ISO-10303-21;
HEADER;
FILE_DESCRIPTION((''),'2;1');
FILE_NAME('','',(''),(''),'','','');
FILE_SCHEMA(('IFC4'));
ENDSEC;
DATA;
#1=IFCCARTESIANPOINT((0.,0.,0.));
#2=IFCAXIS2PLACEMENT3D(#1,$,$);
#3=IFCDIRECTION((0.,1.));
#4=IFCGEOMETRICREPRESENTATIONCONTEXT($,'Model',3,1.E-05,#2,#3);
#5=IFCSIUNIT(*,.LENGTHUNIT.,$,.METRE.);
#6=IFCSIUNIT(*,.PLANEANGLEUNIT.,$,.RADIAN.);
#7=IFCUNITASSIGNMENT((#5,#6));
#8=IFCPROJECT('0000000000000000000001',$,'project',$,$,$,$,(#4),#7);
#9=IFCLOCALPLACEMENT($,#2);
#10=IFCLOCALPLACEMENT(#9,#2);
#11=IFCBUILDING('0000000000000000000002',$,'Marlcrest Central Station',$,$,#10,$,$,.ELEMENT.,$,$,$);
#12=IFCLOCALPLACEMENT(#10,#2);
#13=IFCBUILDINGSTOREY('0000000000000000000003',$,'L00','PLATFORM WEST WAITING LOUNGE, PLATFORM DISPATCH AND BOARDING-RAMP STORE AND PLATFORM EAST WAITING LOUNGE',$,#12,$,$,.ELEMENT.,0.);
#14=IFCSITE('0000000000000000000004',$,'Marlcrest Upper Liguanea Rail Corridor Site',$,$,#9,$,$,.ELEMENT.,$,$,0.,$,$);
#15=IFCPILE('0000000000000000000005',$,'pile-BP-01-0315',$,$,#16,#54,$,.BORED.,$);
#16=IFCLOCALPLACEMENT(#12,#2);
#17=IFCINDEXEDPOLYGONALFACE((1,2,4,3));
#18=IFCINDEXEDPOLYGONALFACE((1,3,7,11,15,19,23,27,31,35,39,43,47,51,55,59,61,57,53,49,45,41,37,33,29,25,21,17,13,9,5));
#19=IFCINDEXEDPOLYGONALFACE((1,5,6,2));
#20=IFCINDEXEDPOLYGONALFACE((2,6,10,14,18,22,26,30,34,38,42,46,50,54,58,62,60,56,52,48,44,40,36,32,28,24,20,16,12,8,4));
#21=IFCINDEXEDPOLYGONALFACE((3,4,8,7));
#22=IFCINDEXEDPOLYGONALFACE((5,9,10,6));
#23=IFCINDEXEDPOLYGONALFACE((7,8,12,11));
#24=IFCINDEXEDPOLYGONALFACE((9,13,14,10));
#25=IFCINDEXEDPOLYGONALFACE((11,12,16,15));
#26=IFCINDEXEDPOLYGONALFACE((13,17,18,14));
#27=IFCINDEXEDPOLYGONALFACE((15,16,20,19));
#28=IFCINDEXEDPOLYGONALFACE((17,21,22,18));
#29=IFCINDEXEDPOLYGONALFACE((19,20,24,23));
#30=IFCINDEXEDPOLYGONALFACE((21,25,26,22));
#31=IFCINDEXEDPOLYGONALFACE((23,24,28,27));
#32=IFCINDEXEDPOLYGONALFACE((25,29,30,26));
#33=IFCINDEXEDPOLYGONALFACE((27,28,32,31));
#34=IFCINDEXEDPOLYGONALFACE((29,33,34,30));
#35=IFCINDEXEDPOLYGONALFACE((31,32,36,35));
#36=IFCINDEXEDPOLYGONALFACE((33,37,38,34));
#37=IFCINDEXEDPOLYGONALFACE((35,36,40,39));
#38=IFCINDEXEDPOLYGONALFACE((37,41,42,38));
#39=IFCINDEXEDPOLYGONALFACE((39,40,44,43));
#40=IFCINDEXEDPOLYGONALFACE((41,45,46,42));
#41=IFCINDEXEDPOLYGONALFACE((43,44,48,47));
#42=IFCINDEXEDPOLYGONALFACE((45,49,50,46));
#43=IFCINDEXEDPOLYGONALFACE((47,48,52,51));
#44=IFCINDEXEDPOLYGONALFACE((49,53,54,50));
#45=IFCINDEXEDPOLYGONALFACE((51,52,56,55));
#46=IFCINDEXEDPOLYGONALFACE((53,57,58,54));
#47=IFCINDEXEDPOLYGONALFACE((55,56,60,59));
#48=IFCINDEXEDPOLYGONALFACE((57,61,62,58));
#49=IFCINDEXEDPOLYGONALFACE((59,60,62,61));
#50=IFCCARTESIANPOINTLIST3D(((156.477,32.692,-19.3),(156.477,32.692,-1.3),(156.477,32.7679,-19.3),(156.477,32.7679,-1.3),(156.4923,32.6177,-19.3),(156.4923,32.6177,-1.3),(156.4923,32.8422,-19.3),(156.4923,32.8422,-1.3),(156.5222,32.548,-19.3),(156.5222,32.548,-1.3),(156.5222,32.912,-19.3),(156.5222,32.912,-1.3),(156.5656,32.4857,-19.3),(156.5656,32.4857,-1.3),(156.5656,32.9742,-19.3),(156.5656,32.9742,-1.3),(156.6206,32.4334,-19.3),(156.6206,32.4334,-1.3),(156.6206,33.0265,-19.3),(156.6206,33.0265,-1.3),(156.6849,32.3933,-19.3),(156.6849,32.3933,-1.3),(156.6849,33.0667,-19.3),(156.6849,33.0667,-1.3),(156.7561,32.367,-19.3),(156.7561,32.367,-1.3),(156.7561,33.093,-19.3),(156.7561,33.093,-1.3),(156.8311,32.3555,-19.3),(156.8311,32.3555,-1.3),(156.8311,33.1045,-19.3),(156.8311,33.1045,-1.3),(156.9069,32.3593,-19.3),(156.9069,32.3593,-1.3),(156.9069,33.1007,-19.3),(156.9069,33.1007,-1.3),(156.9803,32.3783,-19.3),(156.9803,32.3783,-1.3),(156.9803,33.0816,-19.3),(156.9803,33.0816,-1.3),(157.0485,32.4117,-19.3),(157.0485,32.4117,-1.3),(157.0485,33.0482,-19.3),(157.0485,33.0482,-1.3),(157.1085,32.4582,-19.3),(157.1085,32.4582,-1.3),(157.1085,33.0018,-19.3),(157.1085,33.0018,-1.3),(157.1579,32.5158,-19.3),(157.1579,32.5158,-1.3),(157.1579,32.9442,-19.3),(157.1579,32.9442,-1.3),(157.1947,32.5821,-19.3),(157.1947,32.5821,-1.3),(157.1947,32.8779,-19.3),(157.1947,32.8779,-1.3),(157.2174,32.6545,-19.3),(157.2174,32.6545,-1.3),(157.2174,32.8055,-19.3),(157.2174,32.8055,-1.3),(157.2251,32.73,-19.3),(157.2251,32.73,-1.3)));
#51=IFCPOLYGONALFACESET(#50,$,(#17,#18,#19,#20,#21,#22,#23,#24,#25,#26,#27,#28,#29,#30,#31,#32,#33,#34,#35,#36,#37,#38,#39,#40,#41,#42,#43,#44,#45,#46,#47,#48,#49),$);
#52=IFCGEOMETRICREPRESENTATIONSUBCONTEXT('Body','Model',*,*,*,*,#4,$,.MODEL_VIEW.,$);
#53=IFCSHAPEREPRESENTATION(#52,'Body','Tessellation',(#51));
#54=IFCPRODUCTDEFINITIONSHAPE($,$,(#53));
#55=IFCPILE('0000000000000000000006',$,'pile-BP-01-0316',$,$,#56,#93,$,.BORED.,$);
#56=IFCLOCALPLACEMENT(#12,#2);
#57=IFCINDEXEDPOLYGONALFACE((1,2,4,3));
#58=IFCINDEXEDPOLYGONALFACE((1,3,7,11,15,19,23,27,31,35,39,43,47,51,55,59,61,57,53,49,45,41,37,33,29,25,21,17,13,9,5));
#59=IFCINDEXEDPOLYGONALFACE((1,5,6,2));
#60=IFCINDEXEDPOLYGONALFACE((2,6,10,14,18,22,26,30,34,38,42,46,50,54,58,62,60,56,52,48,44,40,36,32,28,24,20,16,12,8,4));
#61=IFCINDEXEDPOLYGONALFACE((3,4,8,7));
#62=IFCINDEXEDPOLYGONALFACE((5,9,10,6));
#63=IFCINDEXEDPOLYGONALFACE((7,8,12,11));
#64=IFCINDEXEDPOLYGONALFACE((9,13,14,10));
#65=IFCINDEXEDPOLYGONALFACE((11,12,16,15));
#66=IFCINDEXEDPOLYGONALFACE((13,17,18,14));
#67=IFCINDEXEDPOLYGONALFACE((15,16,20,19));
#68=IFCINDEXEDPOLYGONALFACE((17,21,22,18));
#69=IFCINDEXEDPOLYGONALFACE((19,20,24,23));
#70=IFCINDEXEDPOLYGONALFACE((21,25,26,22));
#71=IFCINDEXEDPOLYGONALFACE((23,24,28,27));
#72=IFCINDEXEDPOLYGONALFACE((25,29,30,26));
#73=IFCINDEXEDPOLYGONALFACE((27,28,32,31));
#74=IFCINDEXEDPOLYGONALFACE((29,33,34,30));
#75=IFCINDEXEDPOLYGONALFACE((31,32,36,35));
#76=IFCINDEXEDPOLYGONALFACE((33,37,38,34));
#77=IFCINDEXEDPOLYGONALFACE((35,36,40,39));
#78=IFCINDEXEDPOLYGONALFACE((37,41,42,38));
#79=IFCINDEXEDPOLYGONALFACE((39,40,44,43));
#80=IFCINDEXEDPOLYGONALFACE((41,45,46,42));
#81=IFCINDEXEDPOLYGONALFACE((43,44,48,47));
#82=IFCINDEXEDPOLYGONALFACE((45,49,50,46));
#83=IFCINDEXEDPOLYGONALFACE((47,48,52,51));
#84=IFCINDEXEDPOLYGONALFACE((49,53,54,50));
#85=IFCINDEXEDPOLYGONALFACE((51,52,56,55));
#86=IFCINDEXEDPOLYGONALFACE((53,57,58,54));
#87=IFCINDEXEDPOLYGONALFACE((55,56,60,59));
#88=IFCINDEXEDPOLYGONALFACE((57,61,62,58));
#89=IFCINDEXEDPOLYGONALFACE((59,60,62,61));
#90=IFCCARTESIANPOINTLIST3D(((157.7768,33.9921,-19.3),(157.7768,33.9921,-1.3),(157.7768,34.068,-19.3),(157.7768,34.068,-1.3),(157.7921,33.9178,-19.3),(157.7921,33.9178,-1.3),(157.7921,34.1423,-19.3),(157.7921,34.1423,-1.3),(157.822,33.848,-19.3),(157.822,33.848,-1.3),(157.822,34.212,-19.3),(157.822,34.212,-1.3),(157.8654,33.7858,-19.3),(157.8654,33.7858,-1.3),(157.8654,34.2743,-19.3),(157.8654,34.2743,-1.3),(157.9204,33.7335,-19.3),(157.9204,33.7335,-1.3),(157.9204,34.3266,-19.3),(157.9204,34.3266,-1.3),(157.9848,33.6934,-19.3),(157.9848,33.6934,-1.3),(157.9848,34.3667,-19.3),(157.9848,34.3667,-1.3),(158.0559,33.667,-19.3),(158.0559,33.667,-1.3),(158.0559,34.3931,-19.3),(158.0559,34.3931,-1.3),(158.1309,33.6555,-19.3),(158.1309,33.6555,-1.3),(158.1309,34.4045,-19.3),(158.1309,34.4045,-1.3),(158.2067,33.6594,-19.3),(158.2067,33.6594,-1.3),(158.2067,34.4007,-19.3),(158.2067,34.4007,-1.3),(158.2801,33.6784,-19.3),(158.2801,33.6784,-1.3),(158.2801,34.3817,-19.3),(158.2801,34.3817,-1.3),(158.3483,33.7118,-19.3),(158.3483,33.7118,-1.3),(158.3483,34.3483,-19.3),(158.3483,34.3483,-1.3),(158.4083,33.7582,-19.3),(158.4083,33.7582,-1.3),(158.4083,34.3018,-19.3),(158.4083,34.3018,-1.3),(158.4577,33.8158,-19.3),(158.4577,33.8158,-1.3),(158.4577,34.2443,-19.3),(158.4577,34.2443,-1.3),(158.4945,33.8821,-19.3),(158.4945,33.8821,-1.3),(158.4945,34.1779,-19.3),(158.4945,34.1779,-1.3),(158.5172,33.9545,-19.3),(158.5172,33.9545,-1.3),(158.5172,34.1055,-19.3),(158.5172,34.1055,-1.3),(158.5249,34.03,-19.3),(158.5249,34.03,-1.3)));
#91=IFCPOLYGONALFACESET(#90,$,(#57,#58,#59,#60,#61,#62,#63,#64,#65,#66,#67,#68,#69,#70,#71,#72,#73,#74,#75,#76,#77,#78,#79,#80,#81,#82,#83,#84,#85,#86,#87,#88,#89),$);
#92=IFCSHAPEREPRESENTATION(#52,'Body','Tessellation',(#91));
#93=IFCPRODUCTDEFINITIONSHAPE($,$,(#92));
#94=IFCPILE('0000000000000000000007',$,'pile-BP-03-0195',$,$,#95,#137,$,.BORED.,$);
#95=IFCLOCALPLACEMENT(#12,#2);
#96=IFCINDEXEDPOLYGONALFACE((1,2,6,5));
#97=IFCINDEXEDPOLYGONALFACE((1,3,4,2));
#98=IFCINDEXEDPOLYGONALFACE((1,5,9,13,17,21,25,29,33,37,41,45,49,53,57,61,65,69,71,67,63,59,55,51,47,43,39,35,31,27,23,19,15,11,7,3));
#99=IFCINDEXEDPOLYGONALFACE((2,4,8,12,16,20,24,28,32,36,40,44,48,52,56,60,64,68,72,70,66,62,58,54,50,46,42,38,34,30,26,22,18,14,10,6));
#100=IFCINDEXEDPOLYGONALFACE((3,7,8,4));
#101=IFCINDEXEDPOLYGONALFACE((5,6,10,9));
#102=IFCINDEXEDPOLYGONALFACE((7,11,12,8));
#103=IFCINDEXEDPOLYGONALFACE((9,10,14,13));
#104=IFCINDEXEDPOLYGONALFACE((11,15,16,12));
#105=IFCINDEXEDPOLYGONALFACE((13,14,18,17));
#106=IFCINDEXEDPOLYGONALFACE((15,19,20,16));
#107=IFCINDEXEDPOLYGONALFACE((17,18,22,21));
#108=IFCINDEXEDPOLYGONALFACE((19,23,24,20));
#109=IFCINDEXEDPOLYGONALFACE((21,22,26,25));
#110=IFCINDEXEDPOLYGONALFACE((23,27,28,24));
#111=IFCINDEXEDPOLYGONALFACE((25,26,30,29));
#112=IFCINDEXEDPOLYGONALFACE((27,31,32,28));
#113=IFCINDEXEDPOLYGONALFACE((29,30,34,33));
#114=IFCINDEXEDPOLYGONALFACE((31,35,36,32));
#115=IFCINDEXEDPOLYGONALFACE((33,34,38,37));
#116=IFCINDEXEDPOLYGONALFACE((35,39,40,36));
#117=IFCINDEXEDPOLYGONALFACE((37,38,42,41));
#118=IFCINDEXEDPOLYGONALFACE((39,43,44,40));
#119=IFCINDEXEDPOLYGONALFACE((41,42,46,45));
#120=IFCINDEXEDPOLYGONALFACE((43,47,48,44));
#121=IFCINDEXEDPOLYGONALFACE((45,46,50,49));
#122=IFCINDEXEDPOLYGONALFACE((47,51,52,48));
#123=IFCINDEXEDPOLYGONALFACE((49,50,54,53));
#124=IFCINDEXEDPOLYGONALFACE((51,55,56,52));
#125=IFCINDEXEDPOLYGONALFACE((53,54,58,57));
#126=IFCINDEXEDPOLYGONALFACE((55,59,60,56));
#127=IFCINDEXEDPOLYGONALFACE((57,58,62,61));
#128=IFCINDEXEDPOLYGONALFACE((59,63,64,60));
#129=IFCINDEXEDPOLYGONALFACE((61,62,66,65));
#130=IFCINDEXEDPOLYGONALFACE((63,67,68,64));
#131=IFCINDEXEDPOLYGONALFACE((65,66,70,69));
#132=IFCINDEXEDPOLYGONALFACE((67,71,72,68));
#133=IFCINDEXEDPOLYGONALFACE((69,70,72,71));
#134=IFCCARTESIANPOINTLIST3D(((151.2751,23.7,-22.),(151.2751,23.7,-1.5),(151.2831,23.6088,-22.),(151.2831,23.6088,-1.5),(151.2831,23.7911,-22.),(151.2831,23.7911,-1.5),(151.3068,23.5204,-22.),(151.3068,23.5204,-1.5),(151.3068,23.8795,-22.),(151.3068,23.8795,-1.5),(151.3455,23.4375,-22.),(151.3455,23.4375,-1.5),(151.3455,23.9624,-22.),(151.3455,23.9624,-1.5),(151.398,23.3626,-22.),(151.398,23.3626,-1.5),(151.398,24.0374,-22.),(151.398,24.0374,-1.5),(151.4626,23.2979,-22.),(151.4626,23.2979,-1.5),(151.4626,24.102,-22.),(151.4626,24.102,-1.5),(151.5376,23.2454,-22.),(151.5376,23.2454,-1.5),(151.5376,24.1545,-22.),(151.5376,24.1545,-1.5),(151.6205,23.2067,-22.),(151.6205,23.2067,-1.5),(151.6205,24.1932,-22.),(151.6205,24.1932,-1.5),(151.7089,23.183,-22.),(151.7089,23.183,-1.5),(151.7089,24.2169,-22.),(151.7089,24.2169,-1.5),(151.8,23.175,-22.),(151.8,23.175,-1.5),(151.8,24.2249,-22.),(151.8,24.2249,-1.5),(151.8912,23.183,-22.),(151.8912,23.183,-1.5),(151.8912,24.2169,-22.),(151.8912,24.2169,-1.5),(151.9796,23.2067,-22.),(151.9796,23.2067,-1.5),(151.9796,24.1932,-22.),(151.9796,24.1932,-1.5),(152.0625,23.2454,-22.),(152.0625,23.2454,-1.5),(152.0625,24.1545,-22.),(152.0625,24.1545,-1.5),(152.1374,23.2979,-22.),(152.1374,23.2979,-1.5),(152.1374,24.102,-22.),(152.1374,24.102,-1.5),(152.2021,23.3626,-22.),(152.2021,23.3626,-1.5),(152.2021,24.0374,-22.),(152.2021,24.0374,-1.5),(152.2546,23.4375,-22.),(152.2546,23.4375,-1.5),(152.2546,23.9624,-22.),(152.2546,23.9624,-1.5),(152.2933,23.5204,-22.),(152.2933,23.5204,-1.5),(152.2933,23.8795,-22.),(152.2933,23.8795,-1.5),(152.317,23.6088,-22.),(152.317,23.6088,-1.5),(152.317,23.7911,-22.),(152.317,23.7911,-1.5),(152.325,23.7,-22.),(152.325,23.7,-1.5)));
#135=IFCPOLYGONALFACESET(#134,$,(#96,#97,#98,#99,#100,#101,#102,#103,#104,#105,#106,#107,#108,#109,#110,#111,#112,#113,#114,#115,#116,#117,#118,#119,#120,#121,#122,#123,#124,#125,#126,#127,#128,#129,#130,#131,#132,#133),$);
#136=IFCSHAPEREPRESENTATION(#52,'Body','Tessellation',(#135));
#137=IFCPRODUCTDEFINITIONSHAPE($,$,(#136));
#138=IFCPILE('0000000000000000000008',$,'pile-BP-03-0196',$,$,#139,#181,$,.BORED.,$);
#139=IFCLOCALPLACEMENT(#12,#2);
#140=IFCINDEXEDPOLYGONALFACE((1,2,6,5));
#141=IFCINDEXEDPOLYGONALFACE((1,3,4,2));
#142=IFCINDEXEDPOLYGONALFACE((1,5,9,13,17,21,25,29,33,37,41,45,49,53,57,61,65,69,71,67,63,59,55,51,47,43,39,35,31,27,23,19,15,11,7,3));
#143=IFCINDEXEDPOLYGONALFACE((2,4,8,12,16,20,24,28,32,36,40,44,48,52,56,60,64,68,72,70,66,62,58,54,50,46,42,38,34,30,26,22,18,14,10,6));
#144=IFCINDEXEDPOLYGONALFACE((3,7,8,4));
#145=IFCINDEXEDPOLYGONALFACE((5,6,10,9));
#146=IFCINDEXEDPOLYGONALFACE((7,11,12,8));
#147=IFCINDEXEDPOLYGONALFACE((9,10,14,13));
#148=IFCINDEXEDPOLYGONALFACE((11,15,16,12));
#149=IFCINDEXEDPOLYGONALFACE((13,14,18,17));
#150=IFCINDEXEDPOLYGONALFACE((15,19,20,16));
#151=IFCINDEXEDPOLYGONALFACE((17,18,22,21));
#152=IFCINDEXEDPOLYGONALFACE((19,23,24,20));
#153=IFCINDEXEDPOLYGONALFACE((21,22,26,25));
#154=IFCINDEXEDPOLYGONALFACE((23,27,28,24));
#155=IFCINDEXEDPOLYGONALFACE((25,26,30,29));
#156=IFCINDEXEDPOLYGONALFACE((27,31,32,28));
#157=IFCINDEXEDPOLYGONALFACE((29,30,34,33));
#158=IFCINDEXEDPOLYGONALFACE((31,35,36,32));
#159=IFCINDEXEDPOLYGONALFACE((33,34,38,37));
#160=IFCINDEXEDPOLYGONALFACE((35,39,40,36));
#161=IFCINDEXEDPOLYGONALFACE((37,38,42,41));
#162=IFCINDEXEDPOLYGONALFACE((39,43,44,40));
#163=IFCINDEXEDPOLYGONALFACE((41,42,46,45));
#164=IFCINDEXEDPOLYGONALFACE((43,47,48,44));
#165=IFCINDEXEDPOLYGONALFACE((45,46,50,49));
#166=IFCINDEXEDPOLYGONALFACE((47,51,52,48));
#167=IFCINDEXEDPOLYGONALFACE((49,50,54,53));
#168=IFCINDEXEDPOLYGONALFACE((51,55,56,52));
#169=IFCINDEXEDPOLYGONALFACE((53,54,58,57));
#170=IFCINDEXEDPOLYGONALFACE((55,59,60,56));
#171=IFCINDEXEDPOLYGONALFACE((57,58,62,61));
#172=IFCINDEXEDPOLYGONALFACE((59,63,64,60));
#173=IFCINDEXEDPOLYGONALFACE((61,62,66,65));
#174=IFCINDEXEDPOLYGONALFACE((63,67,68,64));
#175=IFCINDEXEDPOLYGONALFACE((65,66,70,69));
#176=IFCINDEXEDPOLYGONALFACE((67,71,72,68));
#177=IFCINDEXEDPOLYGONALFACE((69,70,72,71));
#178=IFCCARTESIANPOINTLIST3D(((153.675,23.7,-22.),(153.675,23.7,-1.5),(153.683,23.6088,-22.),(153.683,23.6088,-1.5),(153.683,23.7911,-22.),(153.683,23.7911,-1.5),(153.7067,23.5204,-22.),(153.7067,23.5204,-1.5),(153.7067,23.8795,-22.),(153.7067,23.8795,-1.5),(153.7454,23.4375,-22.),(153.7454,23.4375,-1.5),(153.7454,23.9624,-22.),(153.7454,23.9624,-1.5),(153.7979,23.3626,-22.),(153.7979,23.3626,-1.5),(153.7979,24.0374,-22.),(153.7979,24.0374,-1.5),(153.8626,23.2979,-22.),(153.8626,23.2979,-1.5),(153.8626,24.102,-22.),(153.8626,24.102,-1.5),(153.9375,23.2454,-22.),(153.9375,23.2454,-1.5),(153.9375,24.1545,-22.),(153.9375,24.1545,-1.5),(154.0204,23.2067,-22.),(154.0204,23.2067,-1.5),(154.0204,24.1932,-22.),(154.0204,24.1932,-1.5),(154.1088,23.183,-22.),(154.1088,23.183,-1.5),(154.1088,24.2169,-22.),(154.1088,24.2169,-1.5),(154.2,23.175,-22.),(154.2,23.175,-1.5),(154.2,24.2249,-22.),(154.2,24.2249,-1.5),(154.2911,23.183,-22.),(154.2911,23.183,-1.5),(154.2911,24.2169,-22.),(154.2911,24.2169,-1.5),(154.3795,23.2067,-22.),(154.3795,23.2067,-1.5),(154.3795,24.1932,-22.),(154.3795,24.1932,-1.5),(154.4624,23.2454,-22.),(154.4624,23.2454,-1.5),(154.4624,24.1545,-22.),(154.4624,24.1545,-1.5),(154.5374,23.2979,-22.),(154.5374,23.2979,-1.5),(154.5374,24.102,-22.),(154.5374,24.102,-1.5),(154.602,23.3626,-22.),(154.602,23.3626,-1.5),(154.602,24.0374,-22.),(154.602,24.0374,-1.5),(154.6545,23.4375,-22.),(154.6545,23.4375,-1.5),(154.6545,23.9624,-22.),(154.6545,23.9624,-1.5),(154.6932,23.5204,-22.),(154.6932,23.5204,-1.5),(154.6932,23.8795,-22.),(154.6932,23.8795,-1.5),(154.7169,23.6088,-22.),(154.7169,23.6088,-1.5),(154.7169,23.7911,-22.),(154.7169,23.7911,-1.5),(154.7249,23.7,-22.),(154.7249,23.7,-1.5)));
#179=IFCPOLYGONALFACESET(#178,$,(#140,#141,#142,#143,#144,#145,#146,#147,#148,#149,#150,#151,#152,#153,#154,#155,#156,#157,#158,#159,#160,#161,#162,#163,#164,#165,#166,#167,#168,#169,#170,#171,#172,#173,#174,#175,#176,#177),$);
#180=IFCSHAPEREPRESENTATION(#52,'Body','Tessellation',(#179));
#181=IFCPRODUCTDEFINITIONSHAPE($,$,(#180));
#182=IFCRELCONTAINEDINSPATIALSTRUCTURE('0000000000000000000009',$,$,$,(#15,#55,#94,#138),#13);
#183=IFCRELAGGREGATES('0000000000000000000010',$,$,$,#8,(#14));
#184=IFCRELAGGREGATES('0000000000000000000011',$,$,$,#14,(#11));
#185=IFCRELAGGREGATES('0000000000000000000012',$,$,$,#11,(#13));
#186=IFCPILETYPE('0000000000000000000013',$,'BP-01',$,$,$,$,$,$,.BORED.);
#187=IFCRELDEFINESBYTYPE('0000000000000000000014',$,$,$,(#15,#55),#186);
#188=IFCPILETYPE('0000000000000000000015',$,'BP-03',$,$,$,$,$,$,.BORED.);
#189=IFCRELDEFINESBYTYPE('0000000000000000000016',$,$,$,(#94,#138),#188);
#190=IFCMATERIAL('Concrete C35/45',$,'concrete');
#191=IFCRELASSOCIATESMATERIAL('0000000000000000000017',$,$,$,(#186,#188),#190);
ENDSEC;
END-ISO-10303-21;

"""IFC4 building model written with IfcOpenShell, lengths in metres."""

from ifc_helpers import new_model, si_unit, direction, frame, origin, origin_2d, place, context, subcontext, project, spatial, circle, extrude, material, material_profile, profile_set, type_object, element, save


model = new_model("IFC4")

# Units and contexts
model_context = context("Model", 3, precision=1e-05, world=origin(), true_north=direction((0.0, 1.0)))
body_context = subcontext(model_context, "Body", "Model", "MODEL_VIEW")
ifc_project = project(units=[si_unit("LENGTHUNIT", "METRE"), si_unit("PLANEANGLEUNIT", "RADIAN")], contexts=[model_context])

# Site, building, storey
site_placement = place(None, origin())
site = spatial("IfcSite", under=ifc_project, at=site_placement, Name="Marlcrest Upper Liguanea Rail Corridor Site", CompositionType="ELEMENT", RefElevation=0.0)
building_placement = place(site_placement, origin())
building = spatial("IfcBuilding", under=site, at=building_placement, Name="Marlcrest Central Station", CompositionType="ELEMENT")
storey_placement = place(building_placement, origin())
storey = spatial("IfcBuildingStorey", under=building, at=storey_placement, Name="L00", Description="PLATFORM WEST WAITING LOUNGE, PLATFORM DISPATCH AND BOARDING-RAMP STORE AND PLATFORM EAST WAITING LOUNGE", CompositionType="ELEMENT", Elevation=0.0)

# Piles
ifc_material_1 = material(Name="Concrete C35/45", Category="concrete")
ifc_material_profile_1 = material_profile(ifc_material_1, circle(Radius=0.375, at=origin_2d()), Name="PILE D750")
ifc_profile_set_1 = profile_set([ifc_material_profile_1], Name="Concrete C35/45")
pile_type_1 = type_object("IfcPileType", Name="BP-01", PredefinedType="BORED", material=ifc_profile_set_1)
for number, where, z_axis, x_axis, name in (
    (1, (156.8501, 32.73, -1.3), (0.0, 0.0, -1.0), (1.0, 0.0, 0.0), "pile-BP-01-0315"),
    (2, (158.1499, 34.03, -1.3), (0.0, 0.0, -1.0), (1.0, 0.0, 0.0), "pile-BP-01-0316"),
):
    element("IfcPile", number, at=place(storey_placement, frame(where, z_axis=z_axis, x_axis=x_axis)), inside=storey, type_object=pile_type_1, Name=name, PredefinedType="BORED", context=body_context, shape_type="SweptSolid", body=[
        extrude(circle(Radius=0.375, at=origin_2d()), origin(), (0.0, 0.0, 1.0), 18.0),
    ])
ifc_material_profile_2 = material_profile(ifc_material_1, circle(Radius=0.5249, at=origin_2d()), Name="PILE D1050")
ifc_profile_set_2 = profile_set([ifc_material_profile_2], Name="Concrete C35/45")
pile_type_2 = type_object("IfcPileType", Name="BP-03", PredefinedType="BORED", material=ifc_profile_set_2)
for number, where, z_axis, x_axis, name in (
    (3, (151.8, 23.7, -1.5), (0.0, 0.0, -1.0), (1.0, 0.0, 0.0), "pile-BP-03-0195"),
    (4, (154.2, 23.7, -1.5), (0.0, 0.0, -1.0), (1.0, 0.0, 0.0), "pile-BP-03-0196"),
):
    element("IfcPile", number, at=place(storey_placement, frame(where, z_axis=z_axis, x_axis=x_axis)), inside=storey, type_object=pile_type_2, Name=name, PredefinedType="BORED", context=body_context, shape_type="SweptSolid", body=[
        extrude(circle(Radius=0.5249, at=origin_2d()), origin(), (0.0, 0.0, 1.0), 20.5),
    ])

save(model, "model.ifc")
